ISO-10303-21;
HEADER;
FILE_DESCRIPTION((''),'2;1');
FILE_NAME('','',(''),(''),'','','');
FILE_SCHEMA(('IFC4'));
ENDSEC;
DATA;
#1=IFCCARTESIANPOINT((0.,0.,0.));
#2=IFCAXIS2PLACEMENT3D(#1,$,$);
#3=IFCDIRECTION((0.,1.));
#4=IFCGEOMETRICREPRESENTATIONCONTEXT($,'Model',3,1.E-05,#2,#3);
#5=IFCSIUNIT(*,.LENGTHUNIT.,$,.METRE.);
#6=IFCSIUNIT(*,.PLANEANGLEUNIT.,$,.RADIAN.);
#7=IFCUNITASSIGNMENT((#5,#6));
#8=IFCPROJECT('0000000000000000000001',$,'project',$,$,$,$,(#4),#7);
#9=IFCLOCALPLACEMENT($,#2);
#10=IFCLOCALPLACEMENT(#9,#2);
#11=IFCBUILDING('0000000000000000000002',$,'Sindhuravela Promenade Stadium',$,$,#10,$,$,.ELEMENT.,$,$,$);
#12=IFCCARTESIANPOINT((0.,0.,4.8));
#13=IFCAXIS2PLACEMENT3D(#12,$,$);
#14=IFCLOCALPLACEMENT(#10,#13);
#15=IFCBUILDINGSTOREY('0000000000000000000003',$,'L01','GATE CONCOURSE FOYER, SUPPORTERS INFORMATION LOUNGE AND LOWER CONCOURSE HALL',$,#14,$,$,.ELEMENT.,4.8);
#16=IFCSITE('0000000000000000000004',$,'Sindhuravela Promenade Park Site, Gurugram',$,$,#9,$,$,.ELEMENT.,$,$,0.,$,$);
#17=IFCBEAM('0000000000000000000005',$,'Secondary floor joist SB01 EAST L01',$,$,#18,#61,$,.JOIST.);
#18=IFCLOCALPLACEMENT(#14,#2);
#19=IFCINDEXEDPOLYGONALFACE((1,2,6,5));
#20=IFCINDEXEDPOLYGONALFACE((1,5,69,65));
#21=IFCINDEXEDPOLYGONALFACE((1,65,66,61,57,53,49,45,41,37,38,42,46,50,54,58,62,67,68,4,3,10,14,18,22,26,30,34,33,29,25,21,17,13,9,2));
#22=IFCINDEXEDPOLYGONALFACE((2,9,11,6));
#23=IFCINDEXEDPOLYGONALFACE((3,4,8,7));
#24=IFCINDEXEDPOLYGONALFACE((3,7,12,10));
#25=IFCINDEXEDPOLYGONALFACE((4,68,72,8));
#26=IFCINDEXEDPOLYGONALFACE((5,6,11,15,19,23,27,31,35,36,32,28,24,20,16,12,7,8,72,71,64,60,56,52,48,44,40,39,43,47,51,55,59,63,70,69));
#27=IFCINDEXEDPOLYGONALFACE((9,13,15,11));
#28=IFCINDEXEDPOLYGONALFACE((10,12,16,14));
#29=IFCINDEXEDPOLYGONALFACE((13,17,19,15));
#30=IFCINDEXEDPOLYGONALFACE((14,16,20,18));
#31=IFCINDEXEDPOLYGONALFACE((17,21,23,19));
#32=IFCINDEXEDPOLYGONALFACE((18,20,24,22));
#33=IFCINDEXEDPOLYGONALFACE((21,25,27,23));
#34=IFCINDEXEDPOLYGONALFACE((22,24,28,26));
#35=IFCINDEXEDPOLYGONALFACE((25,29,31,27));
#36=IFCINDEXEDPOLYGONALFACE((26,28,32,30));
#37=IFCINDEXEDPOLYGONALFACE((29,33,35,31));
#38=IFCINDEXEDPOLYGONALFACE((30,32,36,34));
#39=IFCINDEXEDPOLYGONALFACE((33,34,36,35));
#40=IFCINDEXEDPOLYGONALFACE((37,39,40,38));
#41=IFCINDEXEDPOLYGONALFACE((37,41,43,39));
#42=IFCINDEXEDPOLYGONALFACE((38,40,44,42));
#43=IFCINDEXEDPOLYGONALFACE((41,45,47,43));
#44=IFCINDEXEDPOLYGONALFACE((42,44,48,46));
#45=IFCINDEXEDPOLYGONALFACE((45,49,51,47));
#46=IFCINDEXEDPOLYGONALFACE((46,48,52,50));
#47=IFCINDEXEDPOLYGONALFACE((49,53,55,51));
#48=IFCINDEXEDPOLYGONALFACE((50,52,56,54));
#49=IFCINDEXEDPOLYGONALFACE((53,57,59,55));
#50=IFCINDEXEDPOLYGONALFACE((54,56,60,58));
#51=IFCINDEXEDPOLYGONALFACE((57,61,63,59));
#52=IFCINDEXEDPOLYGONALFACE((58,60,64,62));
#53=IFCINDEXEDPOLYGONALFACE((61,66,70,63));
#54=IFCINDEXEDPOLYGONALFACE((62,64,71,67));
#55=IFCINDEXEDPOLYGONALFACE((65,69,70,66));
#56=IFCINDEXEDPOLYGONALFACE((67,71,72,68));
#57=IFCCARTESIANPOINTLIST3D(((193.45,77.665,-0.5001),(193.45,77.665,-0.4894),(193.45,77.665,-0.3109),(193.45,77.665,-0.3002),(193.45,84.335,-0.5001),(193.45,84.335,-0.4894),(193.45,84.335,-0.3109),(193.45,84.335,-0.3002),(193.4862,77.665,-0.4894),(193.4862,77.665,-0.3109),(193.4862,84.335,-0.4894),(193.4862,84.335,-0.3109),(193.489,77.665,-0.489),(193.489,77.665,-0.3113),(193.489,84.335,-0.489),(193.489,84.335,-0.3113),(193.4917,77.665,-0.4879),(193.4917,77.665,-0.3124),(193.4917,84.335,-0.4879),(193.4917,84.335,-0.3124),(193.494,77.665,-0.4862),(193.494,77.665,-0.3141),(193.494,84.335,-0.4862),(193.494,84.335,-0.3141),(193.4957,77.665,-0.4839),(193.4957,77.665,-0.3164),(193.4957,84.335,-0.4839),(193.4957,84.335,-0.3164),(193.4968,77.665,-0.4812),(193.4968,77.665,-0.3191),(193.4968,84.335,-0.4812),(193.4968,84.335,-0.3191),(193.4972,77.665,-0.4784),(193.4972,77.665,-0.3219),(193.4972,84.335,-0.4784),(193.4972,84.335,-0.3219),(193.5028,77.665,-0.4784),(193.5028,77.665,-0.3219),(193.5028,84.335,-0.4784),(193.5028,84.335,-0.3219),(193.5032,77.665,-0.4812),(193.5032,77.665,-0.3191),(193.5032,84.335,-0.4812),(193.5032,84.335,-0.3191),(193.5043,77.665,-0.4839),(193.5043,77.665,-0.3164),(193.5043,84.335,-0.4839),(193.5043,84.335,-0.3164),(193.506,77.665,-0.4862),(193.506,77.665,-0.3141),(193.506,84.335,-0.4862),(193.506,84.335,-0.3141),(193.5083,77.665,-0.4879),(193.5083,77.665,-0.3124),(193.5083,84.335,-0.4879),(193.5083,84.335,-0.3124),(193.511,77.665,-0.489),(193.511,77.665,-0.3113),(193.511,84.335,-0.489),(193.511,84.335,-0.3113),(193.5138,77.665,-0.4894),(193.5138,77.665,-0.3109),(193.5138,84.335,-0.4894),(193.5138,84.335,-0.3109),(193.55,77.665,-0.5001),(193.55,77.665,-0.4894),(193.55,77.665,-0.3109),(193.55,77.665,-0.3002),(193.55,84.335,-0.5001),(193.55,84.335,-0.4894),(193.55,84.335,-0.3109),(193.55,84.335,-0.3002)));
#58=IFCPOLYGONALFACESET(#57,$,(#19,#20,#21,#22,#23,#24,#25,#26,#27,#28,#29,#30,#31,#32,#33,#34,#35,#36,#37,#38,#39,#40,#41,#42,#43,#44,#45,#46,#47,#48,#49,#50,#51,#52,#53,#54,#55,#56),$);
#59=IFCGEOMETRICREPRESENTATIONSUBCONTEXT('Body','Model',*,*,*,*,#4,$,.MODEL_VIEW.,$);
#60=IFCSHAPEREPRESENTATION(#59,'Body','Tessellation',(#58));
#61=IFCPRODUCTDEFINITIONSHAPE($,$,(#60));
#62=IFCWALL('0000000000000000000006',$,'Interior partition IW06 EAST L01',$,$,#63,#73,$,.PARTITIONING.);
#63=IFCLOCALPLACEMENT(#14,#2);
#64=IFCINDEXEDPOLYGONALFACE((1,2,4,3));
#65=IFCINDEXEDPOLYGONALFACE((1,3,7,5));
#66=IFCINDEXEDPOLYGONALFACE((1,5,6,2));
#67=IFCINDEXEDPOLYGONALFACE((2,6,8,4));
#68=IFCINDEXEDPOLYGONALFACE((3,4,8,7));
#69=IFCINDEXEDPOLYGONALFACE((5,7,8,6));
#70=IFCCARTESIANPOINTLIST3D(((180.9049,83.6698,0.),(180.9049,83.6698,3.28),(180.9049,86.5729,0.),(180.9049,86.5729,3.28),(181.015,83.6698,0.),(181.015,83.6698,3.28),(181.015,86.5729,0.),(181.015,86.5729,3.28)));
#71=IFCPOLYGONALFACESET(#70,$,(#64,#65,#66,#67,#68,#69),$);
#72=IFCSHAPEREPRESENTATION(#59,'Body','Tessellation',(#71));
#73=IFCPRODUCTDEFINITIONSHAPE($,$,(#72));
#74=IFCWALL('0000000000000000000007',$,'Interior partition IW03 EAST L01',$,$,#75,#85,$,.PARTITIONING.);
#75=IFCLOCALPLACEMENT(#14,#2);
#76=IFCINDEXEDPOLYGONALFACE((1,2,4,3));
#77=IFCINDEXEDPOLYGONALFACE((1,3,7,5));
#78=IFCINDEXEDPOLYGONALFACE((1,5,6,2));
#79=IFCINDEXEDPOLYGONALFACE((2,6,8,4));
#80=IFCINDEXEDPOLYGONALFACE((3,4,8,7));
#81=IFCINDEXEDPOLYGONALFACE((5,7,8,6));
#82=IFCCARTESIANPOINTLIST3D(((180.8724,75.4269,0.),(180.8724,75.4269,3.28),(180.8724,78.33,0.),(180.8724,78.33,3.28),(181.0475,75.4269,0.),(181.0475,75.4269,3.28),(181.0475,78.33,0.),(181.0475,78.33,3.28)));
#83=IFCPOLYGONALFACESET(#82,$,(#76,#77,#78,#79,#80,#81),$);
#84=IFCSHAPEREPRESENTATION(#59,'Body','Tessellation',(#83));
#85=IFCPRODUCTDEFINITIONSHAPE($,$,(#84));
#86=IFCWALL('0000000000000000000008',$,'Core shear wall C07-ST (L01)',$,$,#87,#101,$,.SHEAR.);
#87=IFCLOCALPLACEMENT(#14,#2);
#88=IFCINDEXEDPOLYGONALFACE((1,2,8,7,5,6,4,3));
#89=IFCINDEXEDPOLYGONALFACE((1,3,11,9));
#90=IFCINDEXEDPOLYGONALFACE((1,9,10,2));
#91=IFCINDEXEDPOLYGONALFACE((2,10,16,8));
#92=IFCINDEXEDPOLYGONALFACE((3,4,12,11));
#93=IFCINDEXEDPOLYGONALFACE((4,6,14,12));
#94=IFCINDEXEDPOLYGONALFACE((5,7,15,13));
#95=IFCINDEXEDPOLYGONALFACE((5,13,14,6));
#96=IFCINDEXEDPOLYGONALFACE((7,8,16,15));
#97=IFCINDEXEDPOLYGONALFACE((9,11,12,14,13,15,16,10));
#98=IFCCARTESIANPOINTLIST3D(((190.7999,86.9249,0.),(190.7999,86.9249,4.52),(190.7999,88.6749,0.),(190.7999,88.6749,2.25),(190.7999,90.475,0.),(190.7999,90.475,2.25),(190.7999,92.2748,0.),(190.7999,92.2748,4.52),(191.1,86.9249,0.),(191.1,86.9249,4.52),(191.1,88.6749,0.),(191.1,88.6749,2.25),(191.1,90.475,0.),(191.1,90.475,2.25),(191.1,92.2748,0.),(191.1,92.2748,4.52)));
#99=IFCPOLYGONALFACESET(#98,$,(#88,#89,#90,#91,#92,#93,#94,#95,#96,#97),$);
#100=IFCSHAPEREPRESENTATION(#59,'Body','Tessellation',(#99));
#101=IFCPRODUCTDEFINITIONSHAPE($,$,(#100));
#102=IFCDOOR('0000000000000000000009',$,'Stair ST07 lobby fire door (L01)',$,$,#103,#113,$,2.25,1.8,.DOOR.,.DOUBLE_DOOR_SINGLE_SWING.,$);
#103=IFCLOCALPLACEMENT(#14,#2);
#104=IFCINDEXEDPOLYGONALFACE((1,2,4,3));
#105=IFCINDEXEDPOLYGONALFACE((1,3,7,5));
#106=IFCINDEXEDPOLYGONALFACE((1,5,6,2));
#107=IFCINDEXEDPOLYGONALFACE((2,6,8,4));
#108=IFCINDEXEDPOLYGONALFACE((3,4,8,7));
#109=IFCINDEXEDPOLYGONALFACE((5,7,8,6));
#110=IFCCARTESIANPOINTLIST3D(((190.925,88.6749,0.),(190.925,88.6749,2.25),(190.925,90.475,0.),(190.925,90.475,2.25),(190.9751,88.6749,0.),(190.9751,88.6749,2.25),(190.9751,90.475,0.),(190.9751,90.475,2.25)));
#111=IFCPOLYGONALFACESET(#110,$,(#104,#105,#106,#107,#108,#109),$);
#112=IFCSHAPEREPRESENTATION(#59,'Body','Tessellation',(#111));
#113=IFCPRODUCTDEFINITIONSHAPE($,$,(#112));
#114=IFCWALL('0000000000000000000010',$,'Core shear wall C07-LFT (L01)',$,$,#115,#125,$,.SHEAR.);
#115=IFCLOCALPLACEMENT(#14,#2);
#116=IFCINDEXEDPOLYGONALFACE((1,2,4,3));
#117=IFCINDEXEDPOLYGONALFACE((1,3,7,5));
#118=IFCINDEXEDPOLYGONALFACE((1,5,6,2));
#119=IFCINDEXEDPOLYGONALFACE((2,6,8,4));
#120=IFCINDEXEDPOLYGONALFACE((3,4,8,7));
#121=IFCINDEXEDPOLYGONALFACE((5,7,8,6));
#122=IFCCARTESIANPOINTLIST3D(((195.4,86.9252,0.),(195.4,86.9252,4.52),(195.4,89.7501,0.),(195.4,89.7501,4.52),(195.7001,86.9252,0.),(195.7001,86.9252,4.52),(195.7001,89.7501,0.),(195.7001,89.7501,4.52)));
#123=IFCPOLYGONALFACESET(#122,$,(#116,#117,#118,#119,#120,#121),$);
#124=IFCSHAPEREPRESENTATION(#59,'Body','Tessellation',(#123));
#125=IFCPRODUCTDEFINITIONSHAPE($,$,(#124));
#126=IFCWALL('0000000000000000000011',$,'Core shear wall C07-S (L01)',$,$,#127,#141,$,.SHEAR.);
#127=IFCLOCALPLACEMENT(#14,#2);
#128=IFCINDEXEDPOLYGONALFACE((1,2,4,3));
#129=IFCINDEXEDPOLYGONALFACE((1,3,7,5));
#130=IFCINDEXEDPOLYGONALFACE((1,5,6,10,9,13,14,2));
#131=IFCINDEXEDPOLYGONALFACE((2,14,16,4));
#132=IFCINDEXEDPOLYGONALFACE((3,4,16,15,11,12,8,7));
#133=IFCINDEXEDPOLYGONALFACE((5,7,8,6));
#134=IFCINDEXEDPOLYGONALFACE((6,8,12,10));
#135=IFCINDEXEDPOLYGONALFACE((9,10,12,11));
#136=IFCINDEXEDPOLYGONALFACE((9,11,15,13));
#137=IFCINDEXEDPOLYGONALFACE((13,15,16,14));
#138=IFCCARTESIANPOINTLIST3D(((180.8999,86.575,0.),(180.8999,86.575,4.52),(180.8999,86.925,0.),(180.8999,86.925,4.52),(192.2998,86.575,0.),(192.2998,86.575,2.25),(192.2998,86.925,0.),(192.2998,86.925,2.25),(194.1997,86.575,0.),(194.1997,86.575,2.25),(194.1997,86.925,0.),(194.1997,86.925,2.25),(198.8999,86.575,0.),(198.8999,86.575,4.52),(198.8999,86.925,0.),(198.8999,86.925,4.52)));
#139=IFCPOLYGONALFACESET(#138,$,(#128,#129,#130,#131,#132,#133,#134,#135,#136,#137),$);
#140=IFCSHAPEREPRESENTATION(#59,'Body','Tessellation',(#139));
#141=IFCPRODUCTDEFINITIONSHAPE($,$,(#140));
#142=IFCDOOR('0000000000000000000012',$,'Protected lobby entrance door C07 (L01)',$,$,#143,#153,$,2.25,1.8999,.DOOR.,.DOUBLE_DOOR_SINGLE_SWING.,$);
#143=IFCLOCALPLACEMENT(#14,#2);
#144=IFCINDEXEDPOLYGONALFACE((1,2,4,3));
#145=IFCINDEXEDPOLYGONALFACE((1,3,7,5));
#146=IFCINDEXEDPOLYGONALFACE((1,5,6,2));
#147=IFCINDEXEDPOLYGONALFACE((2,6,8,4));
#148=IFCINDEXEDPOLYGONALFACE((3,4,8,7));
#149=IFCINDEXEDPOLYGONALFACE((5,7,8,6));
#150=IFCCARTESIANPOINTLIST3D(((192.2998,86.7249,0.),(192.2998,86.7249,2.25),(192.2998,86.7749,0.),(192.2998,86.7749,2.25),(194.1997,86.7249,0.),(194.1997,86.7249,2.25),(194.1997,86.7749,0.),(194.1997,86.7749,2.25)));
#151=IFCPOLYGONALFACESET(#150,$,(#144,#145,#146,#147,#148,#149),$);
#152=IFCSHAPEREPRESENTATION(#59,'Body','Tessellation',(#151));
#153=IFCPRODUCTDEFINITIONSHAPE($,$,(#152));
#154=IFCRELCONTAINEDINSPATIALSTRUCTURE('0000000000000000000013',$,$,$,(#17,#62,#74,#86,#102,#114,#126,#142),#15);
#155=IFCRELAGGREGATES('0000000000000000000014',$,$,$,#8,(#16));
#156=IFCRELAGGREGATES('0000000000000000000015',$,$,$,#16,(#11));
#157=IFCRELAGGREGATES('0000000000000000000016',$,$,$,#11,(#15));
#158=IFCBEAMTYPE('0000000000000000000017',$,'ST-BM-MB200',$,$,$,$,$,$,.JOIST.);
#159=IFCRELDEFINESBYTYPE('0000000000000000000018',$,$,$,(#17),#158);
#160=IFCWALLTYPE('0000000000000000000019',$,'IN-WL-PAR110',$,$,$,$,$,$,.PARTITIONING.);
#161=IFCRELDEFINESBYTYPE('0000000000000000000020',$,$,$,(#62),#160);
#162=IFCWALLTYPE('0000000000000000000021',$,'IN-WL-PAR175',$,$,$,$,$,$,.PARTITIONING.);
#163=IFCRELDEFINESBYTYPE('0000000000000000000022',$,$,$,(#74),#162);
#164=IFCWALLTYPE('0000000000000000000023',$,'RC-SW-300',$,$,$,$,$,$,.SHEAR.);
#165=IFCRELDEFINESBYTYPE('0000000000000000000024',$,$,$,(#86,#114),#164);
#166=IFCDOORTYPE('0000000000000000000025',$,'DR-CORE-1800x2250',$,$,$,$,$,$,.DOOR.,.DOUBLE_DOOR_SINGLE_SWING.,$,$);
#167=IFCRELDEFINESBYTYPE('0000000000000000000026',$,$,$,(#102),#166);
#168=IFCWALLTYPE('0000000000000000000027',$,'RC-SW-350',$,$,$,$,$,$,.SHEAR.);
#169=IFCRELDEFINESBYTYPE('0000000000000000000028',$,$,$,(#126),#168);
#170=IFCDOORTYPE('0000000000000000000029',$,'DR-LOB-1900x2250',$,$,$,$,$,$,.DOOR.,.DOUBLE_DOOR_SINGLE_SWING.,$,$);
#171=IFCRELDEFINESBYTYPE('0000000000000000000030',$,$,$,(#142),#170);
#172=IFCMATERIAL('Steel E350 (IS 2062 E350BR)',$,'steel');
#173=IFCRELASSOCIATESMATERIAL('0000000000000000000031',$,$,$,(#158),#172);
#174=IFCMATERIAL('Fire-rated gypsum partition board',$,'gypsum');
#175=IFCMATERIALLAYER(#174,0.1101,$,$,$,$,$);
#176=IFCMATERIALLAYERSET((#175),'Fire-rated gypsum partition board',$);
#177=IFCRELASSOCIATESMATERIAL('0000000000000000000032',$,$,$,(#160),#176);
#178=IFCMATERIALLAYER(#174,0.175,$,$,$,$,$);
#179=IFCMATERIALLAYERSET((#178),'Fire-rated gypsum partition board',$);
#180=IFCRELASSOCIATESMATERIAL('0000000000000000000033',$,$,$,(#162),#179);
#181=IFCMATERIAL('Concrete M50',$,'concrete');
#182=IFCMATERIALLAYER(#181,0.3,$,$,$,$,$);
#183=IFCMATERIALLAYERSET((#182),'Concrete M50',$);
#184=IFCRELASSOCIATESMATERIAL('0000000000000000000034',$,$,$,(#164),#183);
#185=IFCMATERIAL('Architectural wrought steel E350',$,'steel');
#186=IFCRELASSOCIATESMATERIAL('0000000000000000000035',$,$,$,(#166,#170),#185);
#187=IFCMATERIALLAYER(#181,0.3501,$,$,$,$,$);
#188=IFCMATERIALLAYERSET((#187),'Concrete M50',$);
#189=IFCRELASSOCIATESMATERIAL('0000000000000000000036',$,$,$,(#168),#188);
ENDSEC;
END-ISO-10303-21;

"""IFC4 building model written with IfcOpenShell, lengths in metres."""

from ifc_helpers import new_model, si_unit, direction, frame, frame_2d, origin, origin_2d, place, context, subcontext, project, spatial, rectangle, i_section, extrude, material, layer, layer_set, material_profile, profile_set, type_object, element, fill, save


model = new_model("IFC4")

# Units and contexts
model_context = context("Model", 3, precision=1e-05, world=origin(), true_north=direction((0.0, 1.0)))
body_context = subcontext(model_context, "Body", "Model", "MODEL_VIEW")
ifc_project = project(units=[si_unit("LENGTHUNIT", "METRE"), si_unit("PLANEANGLEUNIT", "RADIAN")], contexts=[model_context])

# Site, building, storey
site_placement = place(None, origin())
site = spatial("IfcSite", under=ifc_project, at=site_placement, Name="Sindhuravela Promenade Park Site, Gurugram", CompositionType="ELEMENT", RefElevation=0.0)
building_placement = place(site_placement, origin())
building = spatial("IfcBuilding", under=site, at=building_placement, Name="Sindhuravela Promenade Stadium", CompositionType="ELEMENT")
storey_placement = place(building_placement, frame((0.0, 0.0, 4.8)))
storey = spatial("IfcBuildingStorey", under=building, at=storey_placement, Name="L01", Description="GATE CONCOURSE FOYER, SUPPORTERS INFORMATION LOUNGE AND LOWER CONCOURSE HALL", CompositionType="ELEMENT", Elevation=4.8)

# Shared definitions
ifc_material_1 = material(Name="Concrete M50", Category="concrete")

# Beam
ifc_material_2 = material(Name="Steel E350 (IS 2062 E350BR)", Category="steel")
ifc_material_profile_1 = material_profile(ifc_material_2, i_section(OverallWidth=0.1001, OverallDepth=0.2, WebThickness=0.0056, FlangeThickness=0.0107, FilletRadius=0.011, at=origin_2d()), Name="ISMB 200")
ifc_profile_set_1 = profile_set([ifc_material_profile_1], Name="Steel E350 (IS 2062 E350BR)")
beam_type_1 = type_object("IfcBeamType", Name="ST-BM-MB200", PredefinedType="JOIST", material=ifc_profile_set_1)
beam_1_placement = place(storey_placement, frame((193.5, 77.665, -0.4001), z_axis=(0.0, 1.0, 0.0), x_axis=(-1.0, 0.0, 0.0)))
element("IfcBeam", 1, at=beam_1_placement, inside=storey, type_object=beam_type_1, Name="Secondary floor joist SB01 EAST L01", PredefinedType="JOIST", context=body_context, shape_type="SweptSolid", body=[
    extrude(i_section(OverallWidth=0.1001, OverallDepth=0.2, WebThickness=0.0056, FlangeThickness=0.0107, FilletRadius=0.011, at=origin_2d()), origin(), (0.0, 0.0, 1.0), 6.6699),
])

# Walls
ifc_material_3 = material(Name="Fire-rated gypsum partition board", Category="gypsum")
ifc_layer_1 = layer(ifc_material_3, 0.1101)
ifc_layer_set_1 = layer_set([ifc_layer_1], Name="Fire-rated gypsum partition board")
wall_type_1 = type_object("IfcWallType", Name="IN-WL-PAR110", PredefinedType="PARTITIONING", material=ifc_layer_set_1)
wall_1_placement = place(storey_placement, frame((180.96, 86.573, 0.0), z_axis=(0.0, 0.0, 1.0), x_axis=(0.0, -1.0, 0.0)))
element("IfcWall", 2, at=wall_1_placement, inside=storey, type_object=wall_type_1, Name="Interior partition IW06 EAST L01", PredefinedType="PARTITIONING", context=body_context, shape_type="SweptSolid", body=[
    extrude(rectangle(XDim=2.9031, YDim=0.1101, at=frame_2d((1.4517, 0.0))), origin(), (0.0, 0.0, 1.0), 3.28),
])
ifc_layer_2 = layer(ifc_material_3, 0.175)
ifc_layer_set_2 = layer_set([ifc_layer_2], Name="Fire-rated gypsum partition board")
wall_type_2 = type_object("IfcWallType", Name="IN-WL-PAR175", PredefinedType="PARTITIONING", material=ifc_layer_set_2)
wall_2_placement = place(storey_placement, frame((180.96, 78.3301, 0.0), z_axis=(0.0, 0.0, 1.0), x_axis=(0.0, -1.0, 0.0)))
element("IfcWall", 3, at=wall_2_placement, inside=storey, type_object=wall_type_2, Name="Interior partition IW03 EAST L01", PredefinedType="PARTITIONING", context=body_context, shape_type="SweptSolid", body=[
    extrude(rectangle(XDim=2.9031, YDim=0.175, at=frame_2d((1.4517, 0.0))), origin(), (0.0, 0.0, 1.0), 3.28),
])

# Wall, opening, door
ifc_layer_3 = layer(ifc_material_1, 0.3)
ifc_layer_set_3 = layer_set([ifc_layer_3], Name="Concrete M50")
wall_type_3 = type_object("IfcWallType", Name="RC-SW-300", PredefinedType="SHEAR", material=ifc_layer_set_3)
wall_3_placement = place(storey_placement, frame((190.95, 86.925, 0.0), z_axis=(0.0, 0.0, 1.0), x_axis=(0.0, 1.0, 0.0)))
wall_3 = element("IfcWall", 4, at=wall_3_placement, inside=storey, type_object=wall_type_3, Name="Core shear wall C07-ST (L01)", PredefinedType="SHEAR", context=body_context, shape_type="SweptSolid", body=[
    extrude(rectangle(XDim=5.3499, YDim=0.3, at=frame_2d((2.6748, 0.0))), origin(), (0.0, 0.0, 1.0), 4.52),
])
opening_1_placement = place(wall_3_placement, frame((1.75, 0.0, 0.0)))
opening_1 = element("IfcOpeningElement", 5, at=opening_1_placement, cuts=wall_3, PredefinedType="OPENING", context=body_context, shape_type="SweptSolid", body=[
    extrude(rectangle(XDim=1.8, YDim=2.25, at=frame_2d((0.8999, 1.125))), frame((0.0, 0.1599, 0.0), z_axis=(0.0, -1.0, 0.0), x_axis=(1.0, 0.0, 0.0)), (0.0, 0.0, 1.0), 0.3201),
])
ifc_material_4 = material(Name="Architectural wrought steel E350", Category="steel")
door_type_1 = type_object("IfcDoorType", Name="DR-CORE-1800x2250", OperationType="DOUBLE_DOOR_SINGLE_SWING", PredefinedType="DOOR", material=ifc_material_4)
door_1_placement = place(opening_1_placement, origin())
door_1 = element("IfcDoor", 6, at=door_1_placement, inside=storey, type_object=door_type_1, Name="Stair ST07 lobby fire door (L01)", OperationType="DOUBLE_DOOR_SINGLE_SWING", OverallHeight=2.25, OverallWidth=1.8, PredefinedType="DOOR", context=body_context, shape_type="SweptSolid", body=[
    extrude(rectangle(XDim=1.8, YDim=2.25, at=frame_2d((0.8999, 1.125))), frame((0.0, 0.0249, 0.0), z_axis=(0.0, -1.0, 0.0), x_axis=(1.0, 0.0, 0.0)), (0.0, 0.0, 1.0), 0.05),
])
fill(opening_1, door_1)

# Wall
wall_4_placement = place(storey_placement, frame((195.55, 86.925, 0.0), z_axis=(0.0, 0.0, 1.0), x_axis=(0.0, 1.0, 0.0)))
element("IfcWall", 7, at=wall_4_placement, inside=storey, type_object=wall_type_3, Name="Core shear wall C07-LFT (L01)", PredefinedType="SHEAR", context=body_context, shape_type="SweptSolid", body=[
    extrude(rectangle(XDim=2.825, YDim=0.3, at=frame_2d((1.4126, 0.0))), origin(), (0.0, 0.0, 1.0), 4.52),
])

# Wall, opening, door
ifc_layer_4 = layer(ifc_material_1, 0.3501)
ifc_layer_set_4 = layer_set([ifc_layer_4], Name="Concrete M50")
wall_type_4 = type_object("IfcWallType", Name="RC-SW-350", PredefinedType="SHEAR", material=ifc_layer_set_4)
wall_5_placement = place(storey_placement, frame((180.8999, 86.75, 0.0), z_axis=(0.0, 0.0, 1.0), x_axis=(1.0, 0.0, 0.0)))
wall_5 = element("IfcWall", 8, at=wall_5_placement, inside=storey, type_object=wall_type_4, Name="Core shear wall C07-S (L01)", PredefinedType="SHEAR", context=body_context, shape_type="SweptSolid", body=[
    extrude(rectangle(XDim=18.0, YDim=0.3501, at=frame_2d((9.0, 0.0))), origin(), (0.0, 0.0, 1.0), 4.52),
])
opening_2_placement = place(wall_5_placement, frame((11.3999, 0.0, 0.0)))
opening_2 = element("IfcOpeningElement", 9, at=opening_2_placement, cuts=wall_5, PredefinedType="OPENING", context=body_context, shape_type="SweptSolid", body=[
    extrude(rectangle(XDim=1.8999, YDim=2.25, at=frame_2d((0.95, 1.125))), frame((0.0, 0.1851, 0.0), z_axis=(0.0, -1.0, 0.0), x_axis=(1.0, 0.0, 0.0)), (0.0, 0.0, 1.0), 0.3701),
])
door_type_2 = type_object("IfcDoorType", Name="DR-LOB-1900x2250", OperationType="DOUBLE_DOOR_SINGLE_SWING", PredefinedType="DOOR", material=ifc_material_4)
door_2_placement = place(opening_2_placement, origin())
door_2 = element("IfcDoor", 10, at=door_2_placement, inside=storey, type_object=door_type_2, Name="Protected lobby entrance door C07 (L01)", OperationType="DOUBLE_DOOR_SINGLE_SWING", OverallHeight=2.25, OverallWidth=1.8999, PredefinedType="DOOR", context=body_context, shape_type="SweptSolid", body=[
    extrude(rectangle(XDim=1.8999, YDim=2.25, at=frame_2d((0.95, 1.125))), frame((0.0, 0.0249, 0.0), z_axis=(0.0, -1.0, 0.0), x_axis=(1.0, 0.0, 0.0)), (0.0, 0.0, 1.0), 0.05),
])
fill(opening_2, door_2)

save(model, "model.ifc")
